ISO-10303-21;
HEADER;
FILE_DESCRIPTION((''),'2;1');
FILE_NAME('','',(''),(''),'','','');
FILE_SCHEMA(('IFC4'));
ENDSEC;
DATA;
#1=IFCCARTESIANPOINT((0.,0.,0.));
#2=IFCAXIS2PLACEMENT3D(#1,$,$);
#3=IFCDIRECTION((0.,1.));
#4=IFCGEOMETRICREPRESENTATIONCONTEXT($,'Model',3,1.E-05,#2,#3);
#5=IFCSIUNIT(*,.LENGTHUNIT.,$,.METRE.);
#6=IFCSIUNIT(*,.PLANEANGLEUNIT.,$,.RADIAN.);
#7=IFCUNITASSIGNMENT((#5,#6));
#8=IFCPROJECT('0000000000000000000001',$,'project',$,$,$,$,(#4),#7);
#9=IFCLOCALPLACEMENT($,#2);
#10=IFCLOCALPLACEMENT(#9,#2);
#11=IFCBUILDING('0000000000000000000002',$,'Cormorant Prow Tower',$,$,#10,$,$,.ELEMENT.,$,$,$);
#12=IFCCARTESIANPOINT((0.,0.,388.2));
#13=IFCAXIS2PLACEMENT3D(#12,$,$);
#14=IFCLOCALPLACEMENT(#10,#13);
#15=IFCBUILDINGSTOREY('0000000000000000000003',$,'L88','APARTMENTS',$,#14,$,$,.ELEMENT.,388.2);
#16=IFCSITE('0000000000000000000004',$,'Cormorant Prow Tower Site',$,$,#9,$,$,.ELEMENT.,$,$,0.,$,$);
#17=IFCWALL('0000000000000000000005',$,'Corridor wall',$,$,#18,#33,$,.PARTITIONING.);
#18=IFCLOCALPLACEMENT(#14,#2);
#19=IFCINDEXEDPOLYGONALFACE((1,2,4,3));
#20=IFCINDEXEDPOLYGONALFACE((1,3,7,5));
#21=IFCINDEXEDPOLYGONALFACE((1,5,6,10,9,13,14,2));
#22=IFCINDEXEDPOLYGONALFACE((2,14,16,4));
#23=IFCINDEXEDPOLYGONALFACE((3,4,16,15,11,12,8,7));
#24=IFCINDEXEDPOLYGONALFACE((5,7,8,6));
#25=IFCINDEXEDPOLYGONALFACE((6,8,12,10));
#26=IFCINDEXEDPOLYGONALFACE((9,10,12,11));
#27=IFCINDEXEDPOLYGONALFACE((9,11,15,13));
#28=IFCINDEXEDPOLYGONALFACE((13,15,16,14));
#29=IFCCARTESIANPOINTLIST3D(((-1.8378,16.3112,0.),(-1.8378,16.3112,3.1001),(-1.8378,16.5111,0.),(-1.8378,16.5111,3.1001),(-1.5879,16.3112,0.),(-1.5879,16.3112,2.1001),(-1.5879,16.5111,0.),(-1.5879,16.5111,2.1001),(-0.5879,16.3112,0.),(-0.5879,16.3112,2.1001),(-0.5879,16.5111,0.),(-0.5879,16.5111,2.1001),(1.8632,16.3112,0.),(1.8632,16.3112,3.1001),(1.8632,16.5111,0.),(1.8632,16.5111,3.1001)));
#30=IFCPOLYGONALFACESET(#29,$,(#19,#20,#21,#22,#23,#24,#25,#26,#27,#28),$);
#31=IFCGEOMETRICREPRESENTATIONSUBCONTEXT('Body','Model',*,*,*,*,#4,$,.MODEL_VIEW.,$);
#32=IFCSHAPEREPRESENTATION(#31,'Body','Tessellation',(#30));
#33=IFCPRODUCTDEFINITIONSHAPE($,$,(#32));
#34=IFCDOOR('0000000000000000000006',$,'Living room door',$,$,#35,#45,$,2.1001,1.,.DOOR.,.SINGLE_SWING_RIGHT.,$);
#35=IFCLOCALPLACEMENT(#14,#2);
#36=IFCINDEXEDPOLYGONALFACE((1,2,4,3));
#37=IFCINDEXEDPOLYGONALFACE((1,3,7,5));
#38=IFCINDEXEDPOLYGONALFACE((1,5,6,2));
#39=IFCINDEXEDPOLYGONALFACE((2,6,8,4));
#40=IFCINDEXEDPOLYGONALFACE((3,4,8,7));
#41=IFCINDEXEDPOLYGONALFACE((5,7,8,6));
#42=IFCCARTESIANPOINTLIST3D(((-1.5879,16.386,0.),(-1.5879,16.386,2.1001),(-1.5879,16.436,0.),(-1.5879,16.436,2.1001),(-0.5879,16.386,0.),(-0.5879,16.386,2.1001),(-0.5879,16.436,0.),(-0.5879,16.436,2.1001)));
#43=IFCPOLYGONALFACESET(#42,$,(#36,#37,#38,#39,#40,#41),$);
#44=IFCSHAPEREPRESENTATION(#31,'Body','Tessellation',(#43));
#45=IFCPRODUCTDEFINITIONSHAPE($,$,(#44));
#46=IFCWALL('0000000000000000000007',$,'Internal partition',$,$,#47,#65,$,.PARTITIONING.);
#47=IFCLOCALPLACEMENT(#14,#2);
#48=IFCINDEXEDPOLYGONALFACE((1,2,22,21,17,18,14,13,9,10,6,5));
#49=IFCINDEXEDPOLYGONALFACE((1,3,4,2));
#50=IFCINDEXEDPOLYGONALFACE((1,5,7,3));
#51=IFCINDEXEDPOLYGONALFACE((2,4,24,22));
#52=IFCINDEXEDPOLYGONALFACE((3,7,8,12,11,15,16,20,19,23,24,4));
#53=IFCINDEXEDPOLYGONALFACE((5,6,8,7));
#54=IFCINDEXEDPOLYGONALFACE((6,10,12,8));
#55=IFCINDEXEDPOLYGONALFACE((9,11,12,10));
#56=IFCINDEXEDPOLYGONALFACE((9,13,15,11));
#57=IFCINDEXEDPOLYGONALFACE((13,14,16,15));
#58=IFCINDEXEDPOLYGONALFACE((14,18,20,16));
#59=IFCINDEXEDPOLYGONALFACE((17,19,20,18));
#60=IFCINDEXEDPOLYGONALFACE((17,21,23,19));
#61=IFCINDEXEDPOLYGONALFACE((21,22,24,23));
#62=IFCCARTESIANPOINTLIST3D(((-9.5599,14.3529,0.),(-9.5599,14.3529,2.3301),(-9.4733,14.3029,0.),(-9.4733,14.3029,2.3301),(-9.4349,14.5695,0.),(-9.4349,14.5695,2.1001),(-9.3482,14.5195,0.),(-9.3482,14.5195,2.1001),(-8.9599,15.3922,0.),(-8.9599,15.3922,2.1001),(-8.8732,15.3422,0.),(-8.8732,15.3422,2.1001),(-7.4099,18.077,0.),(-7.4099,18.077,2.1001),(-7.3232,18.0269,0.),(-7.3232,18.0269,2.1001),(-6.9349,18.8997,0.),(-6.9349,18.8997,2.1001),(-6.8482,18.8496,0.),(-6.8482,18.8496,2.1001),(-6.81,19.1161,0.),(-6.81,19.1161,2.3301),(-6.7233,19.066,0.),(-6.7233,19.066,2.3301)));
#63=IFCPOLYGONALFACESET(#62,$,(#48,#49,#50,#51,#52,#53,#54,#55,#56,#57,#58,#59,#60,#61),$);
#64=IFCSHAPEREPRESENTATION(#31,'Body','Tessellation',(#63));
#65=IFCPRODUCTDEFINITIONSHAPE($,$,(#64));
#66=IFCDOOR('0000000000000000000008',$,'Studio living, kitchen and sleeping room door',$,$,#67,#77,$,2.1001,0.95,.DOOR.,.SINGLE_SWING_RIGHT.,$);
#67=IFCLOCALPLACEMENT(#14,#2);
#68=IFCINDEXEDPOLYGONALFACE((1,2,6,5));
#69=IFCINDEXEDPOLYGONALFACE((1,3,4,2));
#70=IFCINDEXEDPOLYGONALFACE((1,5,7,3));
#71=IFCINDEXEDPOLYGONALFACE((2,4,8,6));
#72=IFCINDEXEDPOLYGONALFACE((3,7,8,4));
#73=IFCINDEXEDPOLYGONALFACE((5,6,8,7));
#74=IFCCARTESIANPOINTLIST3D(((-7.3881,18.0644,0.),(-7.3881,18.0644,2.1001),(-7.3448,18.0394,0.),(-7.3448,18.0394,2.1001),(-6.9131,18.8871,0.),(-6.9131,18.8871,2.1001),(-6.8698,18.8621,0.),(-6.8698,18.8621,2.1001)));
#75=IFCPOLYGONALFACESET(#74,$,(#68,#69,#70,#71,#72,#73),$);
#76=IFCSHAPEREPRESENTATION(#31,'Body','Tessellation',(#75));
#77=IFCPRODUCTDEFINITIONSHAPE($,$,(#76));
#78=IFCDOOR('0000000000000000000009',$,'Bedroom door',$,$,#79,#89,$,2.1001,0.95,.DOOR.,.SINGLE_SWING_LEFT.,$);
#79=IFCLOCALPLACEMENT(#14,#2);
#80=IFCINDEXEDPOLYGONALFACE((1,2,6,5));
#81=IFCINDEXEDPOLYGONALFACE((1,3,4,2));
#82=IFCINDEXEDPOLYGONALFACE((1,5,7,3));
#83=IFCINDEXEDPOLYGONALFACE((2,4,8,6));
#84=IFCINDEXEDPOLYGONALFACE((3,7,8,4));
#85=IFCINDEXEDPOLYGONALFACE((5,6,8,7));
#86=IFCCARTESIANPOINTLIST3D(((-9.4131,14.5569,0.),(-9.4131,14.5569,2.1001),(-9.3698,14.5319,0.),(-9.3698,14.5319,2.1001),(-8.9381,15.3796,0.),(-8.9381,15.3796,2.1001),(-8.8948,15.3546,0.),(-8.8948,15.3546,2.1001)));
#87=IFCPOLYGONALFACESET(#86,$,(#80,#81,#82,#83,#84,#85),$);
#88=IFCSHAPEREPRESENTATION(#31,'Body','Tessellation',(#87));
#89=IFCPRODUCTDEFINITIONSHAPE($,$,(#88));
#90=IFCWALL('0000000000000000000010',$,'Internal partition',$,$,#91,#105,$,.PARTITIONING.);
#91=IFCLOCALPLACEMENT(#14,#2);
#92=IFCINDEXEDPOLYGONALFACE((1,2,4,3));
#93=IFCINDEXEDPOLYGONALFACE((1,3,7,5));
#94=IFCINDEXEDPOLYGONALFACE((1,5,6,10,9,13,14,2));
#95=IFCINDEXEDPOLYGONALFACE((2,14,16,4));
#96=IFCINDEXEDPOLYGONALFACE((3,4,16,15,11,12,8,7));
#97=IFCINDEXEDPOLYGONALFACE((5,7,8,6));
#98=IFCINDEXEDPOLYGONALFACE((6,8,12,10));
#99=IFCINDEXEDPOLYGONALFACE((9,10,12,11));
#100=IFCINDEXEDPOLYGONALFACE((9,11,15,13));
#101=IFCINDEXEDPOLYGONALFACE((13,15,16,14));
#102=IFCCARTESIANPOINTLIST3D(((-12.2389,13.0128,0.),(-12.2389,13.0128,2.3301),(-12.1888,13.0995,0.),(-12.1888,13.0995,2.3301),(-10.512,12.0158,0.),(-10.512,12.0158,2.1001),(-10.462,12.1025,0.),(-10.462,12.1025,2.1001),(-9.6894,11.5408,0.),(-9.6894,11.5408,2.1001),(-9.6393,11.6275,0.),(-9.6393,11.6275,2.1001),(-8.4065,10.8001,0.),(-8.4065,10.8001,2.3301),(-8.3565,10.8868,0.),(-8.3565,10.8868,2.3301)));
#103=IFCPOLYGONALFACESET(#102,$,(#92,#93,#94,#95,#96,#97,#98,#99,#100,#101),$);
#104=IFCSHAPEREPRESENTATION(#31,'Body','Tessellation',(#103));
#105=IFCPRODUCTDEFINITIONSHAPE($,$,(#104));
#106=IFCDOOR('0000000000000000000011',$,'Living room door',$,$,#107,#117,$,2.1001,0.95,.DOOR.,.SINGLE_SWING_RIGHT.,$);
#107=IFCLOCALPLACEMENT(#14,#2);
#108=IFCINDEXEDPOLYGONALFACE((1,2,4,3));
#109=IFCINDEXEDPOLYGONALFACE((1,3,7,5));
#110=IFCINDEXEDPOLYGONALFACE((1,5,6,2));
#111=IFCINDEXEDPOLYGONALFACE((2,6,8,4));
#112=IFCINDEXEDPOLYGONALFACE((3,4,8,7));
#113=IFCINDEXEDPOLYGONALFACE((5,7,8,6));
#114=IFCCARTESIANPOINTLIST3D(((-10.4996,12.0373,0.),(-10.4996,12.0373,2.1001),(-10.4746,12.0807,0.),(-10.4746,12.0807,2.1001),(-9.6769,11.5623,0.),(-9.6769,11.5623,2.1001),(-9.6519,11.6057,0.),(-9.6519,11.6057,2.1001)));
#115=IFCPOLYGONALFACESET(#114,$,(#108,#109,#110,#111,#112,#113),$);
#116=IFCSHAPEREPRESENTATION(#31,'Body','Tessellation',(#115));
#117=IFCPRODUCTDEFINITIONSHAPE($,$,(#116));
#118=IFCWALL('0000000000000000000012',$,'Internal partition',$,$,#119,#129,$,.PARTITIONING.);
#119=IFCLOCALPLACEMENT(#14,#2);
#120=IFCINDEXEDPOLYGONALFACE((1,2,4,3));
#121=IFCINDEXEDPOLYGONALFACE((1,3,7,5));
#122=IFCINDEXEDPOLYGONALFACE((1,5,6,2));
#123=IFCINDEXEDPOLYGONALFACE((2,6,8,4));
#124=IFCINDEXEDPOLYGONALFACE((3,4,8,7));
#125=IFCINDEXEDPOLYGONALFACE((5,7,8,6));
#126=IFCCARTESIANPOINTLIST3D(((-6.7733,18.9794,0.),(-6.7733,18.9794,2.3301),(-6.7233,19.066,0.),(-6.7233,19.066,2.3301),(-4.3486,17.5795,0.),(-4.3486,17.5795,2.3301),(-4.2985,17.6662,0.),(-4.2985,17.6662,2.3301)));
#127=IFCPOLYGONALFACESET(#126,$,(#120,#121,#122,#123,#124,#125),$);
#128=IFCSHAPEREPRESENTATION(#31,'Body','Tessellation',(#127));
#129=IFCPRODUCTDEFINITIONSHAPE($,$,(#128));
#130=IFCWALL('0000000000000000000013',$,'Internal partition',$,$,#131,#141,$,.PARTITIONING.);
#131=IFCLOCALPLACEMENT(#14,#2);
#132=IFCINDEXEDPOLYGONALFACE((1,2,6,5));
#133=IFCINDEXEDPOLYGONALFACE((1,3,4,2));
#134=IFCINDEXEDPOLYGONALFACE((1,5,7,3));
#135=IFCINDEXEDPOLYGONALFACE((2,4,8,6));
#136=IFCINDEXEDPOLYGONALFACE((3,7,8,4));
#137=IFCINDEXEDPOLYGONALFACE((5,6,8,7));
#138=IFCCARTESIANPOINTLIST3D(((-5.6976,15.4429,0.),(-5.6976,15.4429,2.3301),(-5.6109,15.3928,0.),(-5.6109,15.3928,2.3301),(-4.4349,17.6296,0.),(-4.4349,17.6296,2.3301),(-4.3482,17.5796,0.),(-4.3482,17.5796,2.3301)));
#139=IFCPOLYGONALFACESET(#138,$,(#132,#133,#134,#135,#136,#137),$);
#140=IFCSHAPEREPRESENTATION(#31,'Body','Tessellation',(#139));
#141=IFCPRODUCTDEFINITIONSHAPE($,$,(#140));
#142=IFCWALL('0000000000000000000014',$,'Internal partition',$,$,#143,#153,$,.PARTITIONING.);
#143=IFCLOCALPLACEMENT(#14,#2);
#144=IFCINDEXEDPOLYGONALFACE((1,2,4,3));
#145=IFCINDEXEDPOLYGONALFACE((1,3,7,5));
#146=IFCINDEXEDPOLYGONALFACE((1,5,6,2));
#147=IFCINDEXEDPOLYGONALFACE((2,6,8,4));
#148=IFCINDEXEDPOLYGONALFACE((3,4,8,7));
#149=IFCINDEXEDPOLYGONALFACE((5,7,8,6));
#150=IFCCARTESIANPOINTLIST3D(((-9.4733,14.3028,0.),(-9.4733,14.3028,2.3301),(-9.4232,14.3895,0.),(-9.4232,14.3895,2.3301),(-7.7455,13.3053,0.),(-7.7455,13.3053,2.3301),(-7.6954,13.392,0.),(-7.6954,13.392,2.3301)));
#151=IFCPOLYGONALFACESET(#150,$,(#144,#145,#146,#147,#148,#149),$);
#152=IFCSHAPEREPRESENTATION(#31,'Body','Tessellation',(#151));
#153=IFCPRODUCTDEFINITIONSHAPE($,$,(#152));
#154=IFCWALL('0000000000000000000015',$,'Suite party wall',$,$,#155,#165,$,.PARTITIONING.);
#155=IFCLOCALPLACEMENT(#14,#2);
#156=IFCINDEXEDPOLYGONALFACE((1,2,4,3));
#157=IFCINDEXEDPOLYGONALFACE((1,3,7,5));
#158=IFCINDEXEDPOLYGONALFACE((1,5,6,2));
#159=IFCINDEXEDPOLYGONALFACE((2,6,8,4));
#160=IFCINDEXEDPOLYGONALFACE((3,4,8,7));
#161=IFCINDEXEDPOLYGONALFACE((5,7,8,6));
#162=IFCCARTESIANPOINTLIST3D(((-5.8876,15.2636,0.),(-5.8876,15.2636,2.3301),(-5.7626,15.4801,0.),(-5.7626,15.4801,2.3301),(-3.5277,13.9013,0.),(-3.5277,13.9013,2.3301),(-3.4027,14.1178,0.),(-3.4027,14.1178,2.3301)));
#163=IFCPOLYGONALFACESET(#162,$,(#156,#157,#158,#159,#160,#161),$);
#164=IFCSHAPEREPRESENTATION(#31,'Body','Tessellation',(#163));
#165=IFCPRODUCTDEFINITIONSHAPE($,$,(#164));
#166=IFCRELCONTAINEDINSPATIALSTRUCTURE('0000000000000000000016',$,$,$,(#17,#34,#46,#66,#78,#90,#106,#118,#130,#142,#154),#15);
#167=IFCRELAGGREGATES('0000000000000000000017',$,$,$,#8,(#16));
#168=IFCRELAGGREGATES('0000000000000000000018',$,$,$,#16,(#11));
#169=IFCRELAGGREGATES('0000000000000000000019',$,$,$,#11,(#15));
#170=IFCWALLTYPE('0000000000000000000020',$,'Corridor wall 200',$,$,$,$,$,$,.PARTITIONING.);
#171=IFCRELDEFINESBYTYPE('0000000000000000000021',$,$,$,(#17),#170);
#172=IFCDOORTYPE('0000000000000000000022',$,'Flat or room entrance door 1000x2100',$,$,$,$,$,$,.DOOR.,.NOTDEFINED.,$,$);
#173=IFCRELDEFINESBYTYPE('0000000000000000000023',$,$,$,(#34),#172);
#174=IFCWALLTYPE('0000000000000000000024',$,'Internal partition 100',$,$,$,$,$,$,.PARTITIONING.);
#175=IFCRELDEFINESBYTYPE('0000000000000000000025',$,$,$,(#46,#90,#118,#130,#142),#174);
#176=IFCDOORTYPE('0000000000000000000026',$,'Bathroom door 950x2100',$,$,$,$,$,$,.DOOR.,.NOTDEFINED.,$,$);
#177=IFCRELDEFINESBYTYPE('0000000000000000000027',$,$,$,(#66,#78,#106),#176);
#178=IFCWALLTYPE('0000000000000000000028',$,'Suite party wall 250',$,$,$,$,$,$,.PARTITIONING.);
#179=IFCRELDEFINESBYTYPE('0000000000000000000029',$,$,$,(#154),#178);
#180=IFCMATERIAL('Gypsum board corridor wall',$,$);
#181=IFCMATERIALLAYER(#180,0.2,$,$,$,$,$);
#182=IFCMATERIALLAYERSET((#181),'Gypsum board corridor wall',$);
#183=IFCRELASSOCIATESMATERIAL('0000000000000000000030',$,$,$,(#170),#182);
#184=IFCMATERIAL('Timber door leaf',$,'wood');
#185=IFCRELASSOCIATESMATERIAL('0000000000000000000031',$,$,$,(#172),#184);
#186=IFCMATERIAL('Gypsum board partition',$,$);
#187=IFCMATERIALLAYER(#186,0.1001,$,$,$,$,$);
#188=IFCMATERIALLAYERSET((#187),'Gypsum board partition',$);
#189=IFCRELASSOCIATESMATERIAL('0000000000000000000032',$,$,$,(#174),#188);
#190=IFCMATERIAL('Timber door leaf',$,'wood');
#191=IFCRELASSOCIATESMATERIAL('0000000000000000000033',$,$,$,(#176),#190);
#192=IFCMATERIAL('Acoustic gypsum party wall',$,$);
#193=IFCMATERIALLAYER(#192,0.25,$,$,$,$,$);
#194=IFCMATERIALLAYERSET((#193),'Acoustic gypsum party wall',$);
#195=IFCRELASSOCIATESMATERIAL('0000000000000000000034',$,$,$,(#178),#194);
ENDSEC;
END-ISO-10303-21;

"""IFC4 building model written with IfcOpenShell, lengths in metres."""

from ifc_helpers import new_model, si_unit, direction, frame, frame_2d, origin, place, context, subcontext, project, spatial, rectangle, extrude, material, layer, layer_set, type_object, element, fill, save


model = new_model("IFC4")

# Units and contexts
model_context = context("Model", 3, precision=1e-05, world=origin(), true_north=direction((0.0, 1.0)))
body_context = subcontext(model_context, "Body", "Model", "MODEL_VIEW")
ifc_project = project(units=[si_unit("LENGTHUNIT", "METRE"), si_unit("PLANEANGLEUNIT", "RADIAN")], contexts=[model_context])

# Site, building, storey
site_placement = place(None, origin())
site = spatial("IfcSite", under=ifc_project, at=site_placement, Name="Cormorant Prow Tower Site", CompositionType="ELEMENT", RefElevation=0.0)
building_placement = place(site_placement, origin())
building = spatial("IfcBuilding", under=site, at=building_placement, Name="Cormorant Prow Tower", CompositionType="ELEMENT")
storey_placement = place(building_placement, frame((0.0, 0.0, 388.2)))
storey = spatial("IfcBuildingStorey", under=building, at=storey_placement, Name="L88", Description="APARTMENTS", CompositionType="ELEMENT", Elevation=388.2)

# Wall, opening, door
ifc_material_1 = material(Name="Gypsum board corridor wall")
ifc_layer_1 = layer(ifc_material_1, 0.2)
ifc_layer_set_1 = layer_set([ifc_layer_1], Name="Gypsum board corridor wall")
wall_type_1 = type_object("IfcWallType", Name="Corridor wall 200", PredefinedType="PARTITIONING", material=ifc_layer_set_1)
ifc_material_2 = material(Name="Timber door leaf", Category="wood")
door_type_1 = type_object("IfcDoorType", Name="Flat or room entrance door 1000x2100", OperationType="NOTDEFINED", PredefinedType="DOOR", material=ifc_material_2)
wall_1_placement = place(storey_placement, frame((-1.8379, 16.4111, 0.0), z_axis=(0.0, 0.0, 1.0), x_axis=(1.0, 0.0, 0.0)))
wall_1 = element("IfcWall", 1, at=wall_1_placement, inside=storey, type_object=wall_type_1, Name="Corridor wall", PredefinedType="PARTITIONING", context=body_context, shape_type="SweptSolid", body=[
    extrude(rectangle(XDim=3.7009, YDim=0.2, at=frame_2d((1.8506, 0.0))), origin(), (0.0, 0.0, 1.0), 3.1001),
])
opening_1_placement = place(wall_1_placement, frame((0.25, 0.0, 0.0)))
opening_1 = element("IfcOpeningElement", 2, at=opening_1_placement, cuts=wall_1, PredefinedType="OPENING", context=body_context, shape_type="SweptSolid", body=[
    extrude(rectangle(XDim=1.0, YDim=2.1001, at=frame_2d((0.5, 1.05))), frame((0.0, 0.1099, 0.0), z_axis=(0.0, -1.0, 0.0), x_axis=(1.0, 0.0, 0.0)), (0.0, 0.0, 1.0), 0.22),
])
door_1_placement = place(opening_1_placement, origin())
door_1 = element("IfcDoor", 3, at=door_1_placement, inside=storey, type_object=door_type_1, Name="Living room door", OperationType="SINGLE_SWING_RIGHT", OverallHeight=2.1001, OverallWidth=1.0, PredefinedType="DOOR", context=body_context, shape_type="SweptSolid", body=[
    extrude(rectangle(XDim=1.0, YDim=2.1001, at=frame_2d((0.5, 1.05))), frame((0.0, 0.0249, 0.0), z_axis=(0.0, -1.0, 0.0), x_axis=(1.0, 0.0, 0.0)), (0.0, 0.0, 1.0), 0.05),
])
fill(opening_1, door_1)

# Wall, openings, doors
ifc_material_3 = material(Name="Gypsum board partition")
ifc_layer_2 = layer(ifc_material_3, 0.1001)
ifc_layer_set_2 = layer_set([ifc_layer_2], Name="Gypsum board partition")
wall_type_2 = type_object("IfcWallType", Name="Internal partition 100", PredefinedType="PARTITIONING", material=ifc_layer_set_2)
wall_2_placement = place(storey_placement, frame((-9.5166, 14.3279, 0.0), z_axis=(0.0, 0.0, 1.0), x_axis=(0.499997, 0.866027, 0.0)))
wall_2 = element("IfcWall", 4, at=wall_2_placement, inside=storey, type_object=wall_type_2, Name="Internal partition", PredefinedType="PARTITIONING", context=body_context, shape_type="SweptSolid", body=[
    extrude(rectangle(XDim=5.5, YDim=0.1001, at=frame_2d((2.75, 0.0))), origin(), (0.0, 0.0, 1.0), 2.3301),
])
opening_2_placement = place(wall_2_placement, frame((4.3, 0.0, 0.0)))
opening_2 = element("IfcOpeningElement", 5, at=opening_2_placement, cuts=wall_2, PredefinedType="OPENING", context=body_context, shape_type="SweptSolid", body=[
    extrude(rectangle(XDim=0.95, YDim=2.1001, at=frame_2d((0.4751, 1.05))), frame((0.0, 0.0601, 0.0), z_axis=(0.0, -1.0, 0.0), x_axis=(1.0, 0.0, 0.0)), (0.0, 0.0, 1.0), 0.1201),
])
opening_3_placement = place(wall_2_placement, frame((0.25, 0.0, 0.0)))
opening_3 = element("IfcOpeningElement", 6, at=opening_3_placement, cuts=wall_2, PredefinedType="OPENING", context=body_context, shape_type="SweptSolid", body=[
    extrude(rectangle(XDim=0.95, YDim=2.1001, at=frame_2d((0.4751, 1.05))), frame((0.0, 0.0601, 0.0), z_axis=(0.0, -1.0, 0.0), x_axis=(1.0, 0.0, 0.0)), (0.0, 0.0, 1.0), 0.1201),
])
ifc_material_4 = material(Name="Timber door leaf", Category="wood")
door_type_2 = type_object("IfcDoorType", Name="Bathroom door 950x2100", OperationType="NOTDEFINED", PredefinedType="DOOR", material=ifc_material_4)
door_2_placement = place(opening_2_placement, origin())
door_2 = element("IfcDoor", 7, at=door_2_placement, inside=storey, type_object=door_type_2, Name="Studio living, kitchen and sleeping room door", OperationType="SINGLE_SWING_RIGHT", OverallHeight=2.1001, OverallWidth=0.95, PredefinedType="DOOR", context=body_context, shape_type="SweptSolid", body=[
    extrude(rectangle(XDim=0.95, YDim=2.1001, at=frame_2d((0.4751, 1.05))), frame((0.0, 0.0249, 0.0), z_axis=(0.0, -1.0, 0.0), x_axis=(1.0, 0.0, 0.0)), (0.0, 0.0, 1.0), 0.05),
])
fill(opening_2, door_2)
door_3_placement = place(opening_3_placement, origin())
door_3 = element("IfcDoor", 8, at=door_3_placement, inside=storey, type_object=door_type_2, Name="Bedroom door", OperationType="SINGLE_SWING_LEFT", OverallHeight=2.1001, OverallWidth=0.95, PredefinedType="DOOR", context=body_context, shape_type="SweptSolid", body=[
    extrude(rectangle(XDim=0.95, YDim=2.1001, at=frame_2d((0.4751, 1.05))), frame((0.0, 0.0249, 0.0), z_axis=(0.0, -1.0, 0.0), x_axis=(1.0, 0.0, 0.0)), (0.0, 0.0, 1.0), 0.05),
])
fill(opening_3, door_3)

# Wall, opening, door
wall_3_placement = place(storey_placement, frame((-12.2139, 13.0562, 0.0), z_axis=(0.0, 0.0, 1.0), x_axis=(0.866017, -0.500014, 0.0)))
wall_3 = element("IfcWall", 9, at=wall_3_placement, inside=storey, type_object=wall_type_2, Name="Internal partition", PredefinedType="PARTITIONING", context=body_context, shape_type="SweptSolid", body=[
    extrude(rectangle(XDim=4.4253, YDim=0.1001, at=frame_2d((2.2126, 0.0))), origin(), (0.0, 0.0, 1.0), 2.3301),
])
opening_4_placement = place(wall_3_placement, frame((1.9939, 0.0, 0.0)))
opening_4 = element("IfcOpeningElement", 10, at=opening_4_placement, cuts=wall_3, PredefinedType="OPENING", context=body_context, shape_type="SweptSolid", body=[
    extrude(rectangle(XDim=0.95, YDim=2.1001, at=frame_2d((0.4751, 1.05))), frame((0.0, 0.0601, 0.0), z_axis=(0.0, -1.0, 0.0), x_axis=(1.0, 0.0, 0.0)), (0.0, 0.0, 1.0), 0.1201),
])
door_4_placement = place(opening_4_placement, origin())
door_4 = element("IfcDoor", 11, at=door_4_placement, inside=storey, type_object=door_type_2, Name="Living room door", OperationType="SINGLE_SWING_RIGHT", OverallHeight=2.1001, OverallWidth=0.95, PredefinedType="DOOR", context=body_context, shape_type="SweptSolid", body=[
    extrude(rectangle(XDim=0.95, YDim=2.1001, at=frame_2d((0.4751, 1.05))), frame((0.0, 0.0249, 0.0), z_axis=(0.0, -1.0, 0.0), x_axis=(1.0, 0.0, 0.0)), (0.0, 0.0, 1.0), 0.05),
])
fill(opening_4, door_4)

# Walls
wall_4_placement = place(storey_placement, frame((-6.7483, 19.0227, 0.0), z_axis=(0.0, 0.0, 1.0), x_axis=(0.866035, -0.499984, 0.0)))
element("IfcWall", 12, at=wall_4_placement, inside=storey, type_object=wall_type_2, Name="Internal partition", PredefinedType="PARTITIONING", context=body_context, shape_type="SweptSolid", body=[
    extrude(rectangle(XDim=2.7998, YDim=0.1001, at=frame_2d((1.3999, 0.0))), origin(), (0.0, 0.0, 1.0), 2.3301),
])
wall_5_placement = place(storey_placement, frame((-5.6543, 15.4177, 0.0), z_axis=(0.0, 0.0, 1.0), x_axis=(0.500049, 0.865997, 0.0)))
element("IfcWall", 13, at=wall_5_placement, inside=storey, type_object=wall_type_2, Name="Internal partition", PredefinedType="PARTITIONING", context=body_context, shape_type="SweptSolid", body=[
    extrude(rectangle(XDim=2.5251, YDim=0.1001, at=frame_2d((1.2627, 0.0))), origin(), (0.0, 0.0, 1.0), 2.3301),
])
wall_6_placement = place(storey_placement, frame((-9.4482, 14.3462, 0.0), z_axis=(0.0, 0.0, 1.0), x_axis=(0.866021, -0.500008, 0.0)))
element("IfcWall", 14, at=wall_6_placement, inside=storey, type_object=wall_type_2, Name="Internal partition", PredefinedType="PARTITIONING", context=body_context, shape_type="SweptSolid", body=[
    extrude(rectangle(XDim=1.9951, YDim=0.1001, at=frame_2d((0.9976, 0.0))), origin(), (0.0, 0.0, 1.0), 2.3301),
])
ifc_material_5 = material(Name="Acoustic gypsum party wall")
ifc_layer_3 = layer(ifc_material_5, 0.25)
ifc_layer_set_3 = layer_set([ifc_layer_3], Name="Acoustic gypsum party wall")
wall_type_3 = type_object("IfcWallType", Name="Suite party wall 250", PredefinedType="PARTITIONING", material=ifc_layer_set_3)
wall_7_placement = place(storey_placement, frame((-5.825, 15.3718, 0.0), z_axis=(0.0, 0.0, 1.0), x_axis=(0.866051, -0.499955, 0.0)))
element("IfcWall", 15, at=wall_7_placement, inside=storey, type_object=wall_type_3, Name="Suite party wall", PredefinedType="PARTITIONING", context=body_context, shape_type="SweptSolid", body=[
    extrude(rectangle(XDim=2.7249, YDim=0.25, at=frame_2d((1.3623, 0.0))), origin(), (0.0, 0.0, 1.0), 2.3301),
])

save(model, "model.ifc")
